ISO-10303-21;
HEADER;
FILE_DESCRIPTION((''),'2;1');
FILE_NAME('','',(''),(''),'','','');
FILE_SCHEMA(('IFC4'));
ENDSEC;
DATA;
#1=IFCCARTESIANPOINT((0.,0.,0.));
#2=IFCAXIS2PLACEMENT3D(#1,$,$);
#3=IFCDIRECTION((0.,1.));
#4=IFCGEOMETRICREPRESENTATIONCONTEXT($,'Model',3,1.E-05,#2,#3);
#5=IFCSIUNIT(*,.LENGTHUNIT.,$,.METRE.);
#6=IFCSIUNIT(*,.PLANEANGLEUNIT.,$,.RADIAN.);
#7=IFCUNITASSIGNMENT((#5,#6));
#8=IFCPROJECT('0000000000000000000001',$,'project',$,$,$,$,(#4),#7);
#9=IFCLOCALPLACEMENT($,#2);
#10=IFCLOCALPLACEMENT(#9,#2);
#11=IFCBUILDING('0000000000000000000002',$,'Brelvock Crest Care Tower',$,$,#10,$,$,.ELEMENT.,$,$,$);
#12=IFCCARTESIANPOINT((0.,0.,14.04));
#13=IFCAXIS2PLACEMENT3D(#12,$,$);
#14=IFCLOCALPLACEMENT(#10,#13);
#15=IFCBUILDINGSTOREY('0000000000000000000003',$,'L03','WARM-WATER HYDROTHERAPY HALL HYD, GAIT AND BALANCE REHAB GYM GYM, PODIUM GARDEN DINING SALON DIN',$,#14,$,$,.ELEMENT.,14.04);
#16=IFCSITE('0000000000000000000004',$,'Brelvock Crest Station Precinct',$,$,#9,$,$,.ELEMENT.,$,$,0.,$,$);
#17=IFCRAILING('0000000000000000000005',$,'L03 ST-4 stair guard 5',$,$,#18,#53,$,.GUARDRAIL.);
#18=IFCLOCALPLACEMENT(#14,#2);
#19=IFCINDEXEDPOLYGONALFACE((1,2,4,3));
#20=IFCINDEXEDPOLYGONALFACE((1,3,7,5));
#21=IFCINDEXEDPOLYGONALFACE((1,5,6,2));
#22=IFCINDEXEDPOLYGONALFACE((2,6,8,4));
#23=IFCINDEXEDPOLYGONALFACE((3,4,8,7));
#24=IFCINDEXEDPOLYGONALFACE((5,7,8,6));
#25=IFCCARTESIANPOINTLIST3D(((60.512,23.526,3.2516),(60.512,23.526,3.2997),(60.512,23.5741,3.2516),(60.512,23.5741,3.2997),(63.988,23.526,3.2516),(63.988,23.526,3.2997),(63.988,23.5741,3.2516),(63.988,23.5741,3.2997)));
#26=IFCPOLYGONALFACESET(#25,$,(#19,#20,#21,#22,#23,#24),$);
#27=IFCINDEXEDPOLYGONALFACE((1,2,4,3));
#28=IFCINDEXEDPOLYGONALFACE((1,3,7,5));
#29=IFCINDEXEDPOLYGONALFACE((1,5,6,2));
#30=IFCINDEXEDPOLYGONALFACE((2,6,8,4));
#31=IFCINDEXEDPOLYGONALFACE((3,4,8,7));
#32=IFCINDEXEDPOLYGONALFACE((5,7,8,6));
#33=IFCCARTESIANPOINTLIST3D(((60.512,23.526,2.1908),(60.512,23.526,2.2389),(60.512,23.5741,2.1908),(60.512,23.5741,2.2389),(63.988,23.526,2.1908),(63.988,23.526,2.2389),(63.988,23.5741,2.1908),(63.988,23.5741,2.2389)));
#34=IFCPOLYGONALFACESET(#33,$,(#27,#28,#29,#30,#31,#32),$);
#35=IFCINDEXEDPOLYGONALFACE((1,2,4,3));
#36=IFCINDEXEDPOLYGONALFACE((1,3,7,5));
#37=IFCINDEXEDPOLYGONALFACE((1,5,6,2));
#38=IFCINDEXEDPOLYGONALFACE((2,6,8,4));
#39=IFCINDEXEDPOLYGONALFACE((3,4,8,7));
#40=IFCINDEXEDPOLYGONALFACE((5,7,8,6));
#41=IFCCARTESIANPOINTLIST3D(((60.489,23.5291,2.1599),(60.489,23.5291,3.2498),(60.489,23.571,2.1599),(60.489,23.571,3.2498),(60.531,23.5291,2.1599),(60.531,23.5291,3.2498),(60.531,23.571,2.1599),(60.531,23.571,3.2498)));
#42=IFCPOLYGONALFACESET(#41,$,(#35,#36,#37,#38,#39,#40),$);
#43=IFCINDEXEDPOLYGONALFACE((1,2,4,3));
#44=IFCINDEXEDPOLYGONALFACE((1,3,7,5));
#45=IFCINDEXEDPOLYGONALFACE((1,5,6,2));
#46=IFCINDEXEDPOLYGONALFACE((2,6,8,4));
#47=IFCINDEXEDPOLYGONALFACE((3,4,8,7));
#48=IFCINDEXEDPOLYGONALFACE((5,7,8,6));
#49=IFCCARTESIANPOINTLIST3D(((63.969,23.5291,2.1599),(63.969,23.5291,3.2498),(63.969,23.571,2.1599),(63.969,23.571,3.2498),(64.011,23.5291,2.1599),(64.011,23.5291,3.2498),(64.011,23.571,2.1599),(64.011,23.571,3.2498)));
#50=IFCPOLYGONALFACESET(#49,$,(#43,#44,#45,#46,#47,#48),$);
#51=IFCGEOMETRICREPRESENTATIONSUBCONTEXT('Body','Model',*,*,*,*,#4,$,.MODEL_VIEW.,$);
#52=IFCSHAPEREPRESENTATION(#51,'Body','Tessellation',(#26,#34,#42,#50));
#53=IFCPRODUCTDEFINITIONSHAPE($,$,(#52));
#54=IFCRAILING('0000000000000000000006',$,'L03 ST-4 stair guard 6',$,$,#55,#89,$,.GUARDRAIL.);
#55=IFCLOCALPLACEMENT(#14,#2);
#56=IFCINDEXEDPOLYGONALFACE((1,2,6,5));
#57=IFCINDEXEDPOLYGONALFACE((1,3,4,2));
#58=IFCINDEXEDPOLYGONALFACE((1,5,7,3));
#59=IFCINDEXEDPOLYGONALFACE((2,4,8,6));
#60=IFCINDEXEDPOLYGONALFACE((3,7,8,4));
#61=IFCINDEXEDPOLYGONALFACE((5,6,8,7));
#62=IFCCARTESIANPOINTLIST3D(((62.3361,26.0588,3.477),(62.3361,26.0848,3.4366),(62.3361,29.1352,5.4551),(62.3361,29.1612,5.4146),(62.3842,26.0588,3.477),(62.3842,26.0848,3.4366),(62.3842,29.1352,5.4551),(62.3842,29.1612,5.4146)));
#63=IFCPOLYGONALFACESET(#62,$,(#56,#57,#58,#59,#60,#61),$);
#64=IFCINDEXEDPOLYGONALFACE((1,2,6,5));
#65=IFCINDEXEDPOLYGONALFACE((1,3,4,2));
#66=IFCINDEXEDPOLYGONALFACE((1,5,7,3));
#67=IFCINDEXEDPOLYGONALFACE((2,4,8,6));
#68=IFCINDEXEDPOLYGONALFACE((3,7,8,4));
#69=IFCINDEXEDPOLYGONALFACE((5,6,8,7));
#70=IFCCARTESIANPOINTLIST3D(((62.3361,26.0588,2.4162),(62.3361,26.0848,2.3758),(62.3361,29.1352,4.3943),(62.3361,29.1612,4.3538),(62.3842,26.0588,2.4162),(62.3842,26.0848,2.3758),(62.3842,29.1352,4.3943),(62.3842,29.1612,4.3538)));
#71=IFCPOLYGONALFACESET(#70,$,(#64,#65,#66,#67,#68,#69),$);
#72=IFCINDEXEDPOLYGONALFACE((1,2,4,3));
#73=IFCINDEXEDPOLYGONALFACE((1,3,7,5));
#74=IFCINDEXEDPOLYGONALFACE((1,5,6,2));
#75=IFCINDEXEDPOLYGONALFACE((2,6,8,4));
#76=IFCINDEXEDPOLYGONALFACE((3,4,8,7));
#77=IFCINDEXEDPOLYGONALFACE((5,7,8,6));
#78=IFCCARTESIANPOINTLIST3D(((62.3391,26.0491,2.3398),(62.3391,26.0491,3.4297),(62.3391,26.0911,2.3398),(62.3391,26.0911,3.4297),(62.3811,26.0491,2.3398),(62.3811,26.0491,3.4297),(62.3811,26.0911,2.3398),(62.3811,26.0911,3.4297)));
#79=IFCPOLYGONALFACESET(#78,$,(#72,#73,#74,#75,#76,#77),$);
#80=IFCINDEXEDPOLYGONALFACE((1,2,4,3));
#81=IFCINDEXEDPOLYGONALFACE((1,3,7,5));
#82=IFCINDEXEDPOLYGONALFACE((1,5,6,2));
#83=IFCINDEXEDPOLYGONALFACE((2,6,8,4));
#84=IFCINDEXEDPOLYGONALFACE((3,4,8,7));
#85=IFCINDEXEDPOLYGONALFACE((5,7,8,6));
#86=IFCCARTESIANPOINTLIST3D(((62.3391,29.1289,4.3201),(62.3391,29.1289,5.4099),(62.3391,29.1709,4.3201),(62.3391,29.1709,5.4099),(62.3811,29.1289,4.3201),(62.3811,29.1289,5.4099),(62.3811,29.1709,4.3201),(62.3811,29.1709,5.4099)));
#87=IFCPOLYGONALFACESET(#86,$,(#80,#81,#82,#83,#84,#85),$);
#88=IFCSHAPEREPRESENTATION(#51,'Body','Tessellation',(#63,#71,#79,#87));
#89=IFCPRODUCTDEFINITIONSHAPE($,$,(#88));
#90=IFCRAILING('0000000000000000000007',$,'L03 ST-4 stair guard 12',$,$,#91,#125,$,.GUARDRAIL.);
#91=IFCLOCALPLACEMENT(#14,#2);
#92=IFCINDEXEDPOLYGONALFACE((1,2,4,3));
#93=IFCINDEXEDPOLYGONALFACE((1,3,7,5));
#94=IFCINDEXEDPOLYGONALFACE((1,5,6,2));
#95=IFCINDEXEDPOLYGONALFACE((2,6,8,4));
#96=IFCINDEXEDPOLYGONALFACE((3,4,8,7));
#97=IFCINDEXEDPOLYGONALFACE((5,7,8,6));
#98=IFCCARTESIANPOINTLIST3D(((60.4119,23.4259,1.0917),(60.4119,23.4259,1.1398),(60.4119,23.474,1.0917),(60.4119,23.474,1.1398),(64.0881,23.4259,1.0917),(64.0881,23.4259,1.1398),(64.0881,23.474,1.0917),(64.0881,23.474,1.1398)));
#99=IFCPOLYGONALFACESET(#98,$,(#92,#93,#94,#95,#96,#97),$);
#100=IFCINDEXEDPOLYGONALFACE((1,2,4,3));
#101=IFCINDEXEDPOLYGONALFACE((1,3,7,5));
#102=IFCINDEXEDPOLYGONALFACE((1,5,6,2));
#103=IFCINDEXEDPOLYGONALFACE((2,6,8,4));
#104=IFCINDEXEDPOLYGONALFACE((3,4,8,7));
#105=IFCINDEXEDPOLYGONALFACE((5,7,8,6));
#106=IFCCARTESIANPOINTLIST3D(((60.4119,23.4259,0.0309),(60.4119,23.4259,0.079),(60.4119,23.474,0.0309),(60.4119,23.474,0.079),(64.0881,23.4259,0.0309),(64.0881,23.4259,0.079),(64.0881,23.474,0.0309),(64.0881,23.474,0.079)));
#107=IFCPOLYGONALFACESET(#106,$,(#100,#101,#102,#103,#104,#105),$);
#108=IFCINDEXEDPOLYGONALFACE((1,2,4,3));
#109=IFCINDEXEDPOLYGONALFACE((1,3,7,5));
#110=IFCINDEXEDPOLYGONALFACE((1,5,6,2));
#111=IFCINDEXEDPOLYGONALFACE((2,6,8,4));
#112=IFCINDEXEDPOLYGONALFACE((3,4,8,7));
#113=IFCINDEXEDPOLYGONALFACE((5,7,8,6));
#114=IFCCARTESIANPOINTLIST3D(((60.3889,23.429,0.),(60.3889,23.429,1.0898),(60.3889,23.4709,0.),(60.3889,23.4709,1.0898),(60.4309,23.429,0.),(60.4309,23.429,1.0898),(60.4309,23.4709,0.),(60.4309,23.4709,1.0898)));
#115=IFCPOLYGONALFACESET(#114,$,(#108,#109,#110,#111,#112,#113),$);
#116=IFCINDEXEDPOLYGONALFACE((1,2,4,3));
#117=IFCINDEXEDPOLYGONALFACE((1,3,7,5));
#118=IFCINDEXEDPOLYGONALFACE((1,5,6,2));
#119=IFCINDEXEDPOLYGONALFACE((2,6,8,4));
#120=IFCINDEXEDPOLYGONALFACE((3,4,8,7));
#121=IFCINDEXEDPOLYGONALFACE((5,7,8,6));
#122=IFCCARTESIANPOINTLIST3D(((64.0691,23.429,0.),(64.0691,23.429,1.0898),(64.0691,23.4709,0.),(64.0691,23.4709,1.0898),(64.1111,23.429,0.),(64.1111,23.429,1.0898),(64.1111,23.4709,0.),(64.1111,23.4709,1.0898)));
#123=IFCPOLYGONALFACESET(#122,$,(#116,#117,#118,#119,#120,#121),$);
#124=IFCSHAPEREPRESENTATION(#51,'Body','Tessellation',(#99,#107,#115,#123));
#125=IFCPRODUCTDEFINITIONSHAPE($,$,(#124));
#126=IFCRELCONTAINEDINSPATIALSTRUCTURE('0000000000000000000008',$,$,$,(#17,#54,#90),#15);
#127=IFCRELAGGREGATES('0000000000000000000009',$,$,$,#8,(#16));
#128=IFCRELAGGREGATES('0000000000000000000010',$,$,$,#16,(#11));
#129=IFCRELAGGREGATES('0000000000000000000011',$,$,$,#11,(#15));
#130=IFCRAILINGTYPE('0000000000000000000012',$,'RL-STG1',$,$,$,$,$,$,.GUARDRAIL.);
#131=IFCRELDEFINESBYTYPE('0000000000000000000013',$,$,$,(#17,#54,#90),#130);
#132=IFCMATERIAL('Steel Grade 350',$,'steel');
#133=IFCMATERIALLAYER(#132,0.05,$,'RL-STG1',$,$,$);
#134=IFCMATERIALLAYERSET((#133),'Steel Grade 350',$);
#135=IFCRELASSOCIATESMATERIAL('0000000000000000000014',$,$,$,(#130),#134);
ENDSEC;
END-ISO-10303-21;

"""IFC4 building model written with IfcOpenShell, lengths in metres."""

from ifc_helpers import new_model, si_unit, direction, frame, origin, origin_2d, place, context, subcontext, project, spatial, rectangle, extrude, material, layer, layer_set, type_object, element, save


model = new_model("IFC4")

# Units and contexts
model_context = context("Model", 3, precision=1e-05, world=origin(), true_north=direction((0.0, 1.0)))
body_context = subcontext(model_context, "Body", "Model", "MODEL_VIEW")
ifc_project = project(units=[si_unit("LENGTHUNIT", "METRE"), si_unit("PLANEANGLEUNIT", "RADIAN")], contexts=[model_context])

# Site, building, storey
site_placement = place(None, origin())
site = spatial("IfcSite", under=ifc_project, at=site_placement, Name="Brelvock Crest Station Precinct", CompositionType="ELEMENT", RefElevation=0.0)
building_placement = place(site_placement, origin())
building = spatial("IfcBuilding", under=site, at=building_placement, Name="Brelvock Crest Care Tower", CompositionType="ELEMENT")
storey_placement = place(building_placement, frame((0.0, 0.0, 14.04)))
storey = spatial("IfcBuildingStorey", under=building, at=storey_placement, Name="L03", Description="WARM-WATER HYDROTHERAPY HALL HYD, GAIT AND BALANCE REHAB GYM GYM, PODIUM GARDEN DINING SALON DIN", CompositionType="ELEMENT", Elevation=14.04)

# Shared definitions
ifc_material_1 = material(Name="Steel Grade 350", Category="steel")

# Railings
ifc_layer_1 = layer(ifc_material_1, 0.05, Name="RL-STG1")
ifc_layer_set_1 = layer_set([ifc_layer_1], Name="Steel Grade 350")
railing_type = type_object("IfcRailingType", Name="RL-STG1", PredefinedType="GUARDRAIL", material=ifc_layer_set_1)
railing_1_placement = place(storey_placement, frame((60.51, 23.55, 2.1599)))
element("IfcRailing", 1, at=railing_1_placement, inside=storey, type_object=railing_type, Name="L03 ST-4 stair guard 5", PredefinedType="GUARDRAIL", context=body_context, shape_type="SweptSolid", body=[
    extrude(rectangle(XDim=0.0481, YDim=0.0481, at=origin_2d()), frame((0.002, 0.0, 1.1157), z_axis=(1.0, 0.0, 0.0), x_axis=(0.0, 1.0, 0.0)), (0.0, 0.0, 1.0), 3.4761),
    extrude(rectangle(XDim=0.0481, YDim=0.0481, at=origin_2d()), frame((0.002, 0.0, 0.0549), z_axis=(1.0, 0.0, 0.0), x_axis=(0.0, 1.0, 0.0)), (0.0, 0.0, 1.0), 3.4761),
    extrude(rectangle(XDim=0.042, YDim=0.042, at=origin_2d()), origin(), (0.0, 0.0, 1.0), 1.0898),
    extrude(rectangle(XDim=0.042, YDim=0.042, at=origin_2d()), frame((3.48, 0.0, 0.0)), (0.0, 0.0, 1.0), 1.0898),
])
railing_2_placement = place(storey_placement, frame((62.3601, 26.0701, 2.3398)))
element("IfcRailing", 2, at=railing_2_placement, inside=storey, type_object=railing_type, Name="L03 ST-4 stair guard 6", PredefinedType="GUARDRAIL", context=body_context, shape_type="SweptSolid", body=[
    extrude(rectangle(XDim=0.0481, YDim=0.0481, at=origin_2d()), frame((0.0, 0.0017, 1.1169), z_axis=(0.0, 0.841137, 0.540822), x_axis=(-1.0, 0.0, 0.0)), (0.0, 0.0, 1.0), 3.6575),
    extrude(rectangle(XDim=0.0481, YDim=0.0481, at=origin_2d()), frame((0.0, 0.0017, 0.0562), z_axis=(0.0, 0.841137, 0.540822), x_axis=(-1.0, 0.0, 0.0)), (0.0, 0.0, 1.0), 3.6575),
    extrude(rectangle(XDim=0.042, YDim=0.042, at=origin_2d()), origin(), (0.0, 0.0, 1.0), 1.0898),
    extrude(rectangle(XDim=0.042, YDim=0.042, at=origin_2d()), frame((0.0, 3.0798, 1.9802)), (0.0, 0.0, 1.0), 1.0898),
])
railing_3_placement = place(storey_placement, frame((60.4099, 23.45, 0.0)))
element("IfcRailing", 3, at=railing_3_placement, inside=storey, type_object=railing_type, Name="L03 ST-4 stair guard 12", PredefinedType="GUARDRAIL", context=body_context, shape_type="SweptSolid", body=[
    extrude(rectangle(XDim=0.0481, YDim=0.0481, at=origin_2d()), frame((0.002, 0.0, 1.1157), z_axis=(1.0, 0.0, 0.0), x_axis=(0.0, 1.0, 0.0)), (0.0, 0.0, 1.0), 3.6763),
    extrude(rectangle(XDim=0.0481, YDim=0.0481, at=origin_2d()), frame((0.002, 0.0, 0.0549), z_axis=(1.0, 0.0, 0.0), x_axis=(0.0, 1.0, 0.0)), (0.0, 0.0, 1.0), 3.6763),
    extrude(rectangle(XDim=0.042, YDim=0.042, at=origin_2d()), origin(), (0.0, 0.0, 1.0), 1.0898),
    extrude(rectangle(XDim=0.042, YDim=0.042, at=origin_2d()), frame((3.6802, 0.0, 0.0)), (0.0, 0.0, 1.0), 1.0898),
])

save(model, "model.ifc")
